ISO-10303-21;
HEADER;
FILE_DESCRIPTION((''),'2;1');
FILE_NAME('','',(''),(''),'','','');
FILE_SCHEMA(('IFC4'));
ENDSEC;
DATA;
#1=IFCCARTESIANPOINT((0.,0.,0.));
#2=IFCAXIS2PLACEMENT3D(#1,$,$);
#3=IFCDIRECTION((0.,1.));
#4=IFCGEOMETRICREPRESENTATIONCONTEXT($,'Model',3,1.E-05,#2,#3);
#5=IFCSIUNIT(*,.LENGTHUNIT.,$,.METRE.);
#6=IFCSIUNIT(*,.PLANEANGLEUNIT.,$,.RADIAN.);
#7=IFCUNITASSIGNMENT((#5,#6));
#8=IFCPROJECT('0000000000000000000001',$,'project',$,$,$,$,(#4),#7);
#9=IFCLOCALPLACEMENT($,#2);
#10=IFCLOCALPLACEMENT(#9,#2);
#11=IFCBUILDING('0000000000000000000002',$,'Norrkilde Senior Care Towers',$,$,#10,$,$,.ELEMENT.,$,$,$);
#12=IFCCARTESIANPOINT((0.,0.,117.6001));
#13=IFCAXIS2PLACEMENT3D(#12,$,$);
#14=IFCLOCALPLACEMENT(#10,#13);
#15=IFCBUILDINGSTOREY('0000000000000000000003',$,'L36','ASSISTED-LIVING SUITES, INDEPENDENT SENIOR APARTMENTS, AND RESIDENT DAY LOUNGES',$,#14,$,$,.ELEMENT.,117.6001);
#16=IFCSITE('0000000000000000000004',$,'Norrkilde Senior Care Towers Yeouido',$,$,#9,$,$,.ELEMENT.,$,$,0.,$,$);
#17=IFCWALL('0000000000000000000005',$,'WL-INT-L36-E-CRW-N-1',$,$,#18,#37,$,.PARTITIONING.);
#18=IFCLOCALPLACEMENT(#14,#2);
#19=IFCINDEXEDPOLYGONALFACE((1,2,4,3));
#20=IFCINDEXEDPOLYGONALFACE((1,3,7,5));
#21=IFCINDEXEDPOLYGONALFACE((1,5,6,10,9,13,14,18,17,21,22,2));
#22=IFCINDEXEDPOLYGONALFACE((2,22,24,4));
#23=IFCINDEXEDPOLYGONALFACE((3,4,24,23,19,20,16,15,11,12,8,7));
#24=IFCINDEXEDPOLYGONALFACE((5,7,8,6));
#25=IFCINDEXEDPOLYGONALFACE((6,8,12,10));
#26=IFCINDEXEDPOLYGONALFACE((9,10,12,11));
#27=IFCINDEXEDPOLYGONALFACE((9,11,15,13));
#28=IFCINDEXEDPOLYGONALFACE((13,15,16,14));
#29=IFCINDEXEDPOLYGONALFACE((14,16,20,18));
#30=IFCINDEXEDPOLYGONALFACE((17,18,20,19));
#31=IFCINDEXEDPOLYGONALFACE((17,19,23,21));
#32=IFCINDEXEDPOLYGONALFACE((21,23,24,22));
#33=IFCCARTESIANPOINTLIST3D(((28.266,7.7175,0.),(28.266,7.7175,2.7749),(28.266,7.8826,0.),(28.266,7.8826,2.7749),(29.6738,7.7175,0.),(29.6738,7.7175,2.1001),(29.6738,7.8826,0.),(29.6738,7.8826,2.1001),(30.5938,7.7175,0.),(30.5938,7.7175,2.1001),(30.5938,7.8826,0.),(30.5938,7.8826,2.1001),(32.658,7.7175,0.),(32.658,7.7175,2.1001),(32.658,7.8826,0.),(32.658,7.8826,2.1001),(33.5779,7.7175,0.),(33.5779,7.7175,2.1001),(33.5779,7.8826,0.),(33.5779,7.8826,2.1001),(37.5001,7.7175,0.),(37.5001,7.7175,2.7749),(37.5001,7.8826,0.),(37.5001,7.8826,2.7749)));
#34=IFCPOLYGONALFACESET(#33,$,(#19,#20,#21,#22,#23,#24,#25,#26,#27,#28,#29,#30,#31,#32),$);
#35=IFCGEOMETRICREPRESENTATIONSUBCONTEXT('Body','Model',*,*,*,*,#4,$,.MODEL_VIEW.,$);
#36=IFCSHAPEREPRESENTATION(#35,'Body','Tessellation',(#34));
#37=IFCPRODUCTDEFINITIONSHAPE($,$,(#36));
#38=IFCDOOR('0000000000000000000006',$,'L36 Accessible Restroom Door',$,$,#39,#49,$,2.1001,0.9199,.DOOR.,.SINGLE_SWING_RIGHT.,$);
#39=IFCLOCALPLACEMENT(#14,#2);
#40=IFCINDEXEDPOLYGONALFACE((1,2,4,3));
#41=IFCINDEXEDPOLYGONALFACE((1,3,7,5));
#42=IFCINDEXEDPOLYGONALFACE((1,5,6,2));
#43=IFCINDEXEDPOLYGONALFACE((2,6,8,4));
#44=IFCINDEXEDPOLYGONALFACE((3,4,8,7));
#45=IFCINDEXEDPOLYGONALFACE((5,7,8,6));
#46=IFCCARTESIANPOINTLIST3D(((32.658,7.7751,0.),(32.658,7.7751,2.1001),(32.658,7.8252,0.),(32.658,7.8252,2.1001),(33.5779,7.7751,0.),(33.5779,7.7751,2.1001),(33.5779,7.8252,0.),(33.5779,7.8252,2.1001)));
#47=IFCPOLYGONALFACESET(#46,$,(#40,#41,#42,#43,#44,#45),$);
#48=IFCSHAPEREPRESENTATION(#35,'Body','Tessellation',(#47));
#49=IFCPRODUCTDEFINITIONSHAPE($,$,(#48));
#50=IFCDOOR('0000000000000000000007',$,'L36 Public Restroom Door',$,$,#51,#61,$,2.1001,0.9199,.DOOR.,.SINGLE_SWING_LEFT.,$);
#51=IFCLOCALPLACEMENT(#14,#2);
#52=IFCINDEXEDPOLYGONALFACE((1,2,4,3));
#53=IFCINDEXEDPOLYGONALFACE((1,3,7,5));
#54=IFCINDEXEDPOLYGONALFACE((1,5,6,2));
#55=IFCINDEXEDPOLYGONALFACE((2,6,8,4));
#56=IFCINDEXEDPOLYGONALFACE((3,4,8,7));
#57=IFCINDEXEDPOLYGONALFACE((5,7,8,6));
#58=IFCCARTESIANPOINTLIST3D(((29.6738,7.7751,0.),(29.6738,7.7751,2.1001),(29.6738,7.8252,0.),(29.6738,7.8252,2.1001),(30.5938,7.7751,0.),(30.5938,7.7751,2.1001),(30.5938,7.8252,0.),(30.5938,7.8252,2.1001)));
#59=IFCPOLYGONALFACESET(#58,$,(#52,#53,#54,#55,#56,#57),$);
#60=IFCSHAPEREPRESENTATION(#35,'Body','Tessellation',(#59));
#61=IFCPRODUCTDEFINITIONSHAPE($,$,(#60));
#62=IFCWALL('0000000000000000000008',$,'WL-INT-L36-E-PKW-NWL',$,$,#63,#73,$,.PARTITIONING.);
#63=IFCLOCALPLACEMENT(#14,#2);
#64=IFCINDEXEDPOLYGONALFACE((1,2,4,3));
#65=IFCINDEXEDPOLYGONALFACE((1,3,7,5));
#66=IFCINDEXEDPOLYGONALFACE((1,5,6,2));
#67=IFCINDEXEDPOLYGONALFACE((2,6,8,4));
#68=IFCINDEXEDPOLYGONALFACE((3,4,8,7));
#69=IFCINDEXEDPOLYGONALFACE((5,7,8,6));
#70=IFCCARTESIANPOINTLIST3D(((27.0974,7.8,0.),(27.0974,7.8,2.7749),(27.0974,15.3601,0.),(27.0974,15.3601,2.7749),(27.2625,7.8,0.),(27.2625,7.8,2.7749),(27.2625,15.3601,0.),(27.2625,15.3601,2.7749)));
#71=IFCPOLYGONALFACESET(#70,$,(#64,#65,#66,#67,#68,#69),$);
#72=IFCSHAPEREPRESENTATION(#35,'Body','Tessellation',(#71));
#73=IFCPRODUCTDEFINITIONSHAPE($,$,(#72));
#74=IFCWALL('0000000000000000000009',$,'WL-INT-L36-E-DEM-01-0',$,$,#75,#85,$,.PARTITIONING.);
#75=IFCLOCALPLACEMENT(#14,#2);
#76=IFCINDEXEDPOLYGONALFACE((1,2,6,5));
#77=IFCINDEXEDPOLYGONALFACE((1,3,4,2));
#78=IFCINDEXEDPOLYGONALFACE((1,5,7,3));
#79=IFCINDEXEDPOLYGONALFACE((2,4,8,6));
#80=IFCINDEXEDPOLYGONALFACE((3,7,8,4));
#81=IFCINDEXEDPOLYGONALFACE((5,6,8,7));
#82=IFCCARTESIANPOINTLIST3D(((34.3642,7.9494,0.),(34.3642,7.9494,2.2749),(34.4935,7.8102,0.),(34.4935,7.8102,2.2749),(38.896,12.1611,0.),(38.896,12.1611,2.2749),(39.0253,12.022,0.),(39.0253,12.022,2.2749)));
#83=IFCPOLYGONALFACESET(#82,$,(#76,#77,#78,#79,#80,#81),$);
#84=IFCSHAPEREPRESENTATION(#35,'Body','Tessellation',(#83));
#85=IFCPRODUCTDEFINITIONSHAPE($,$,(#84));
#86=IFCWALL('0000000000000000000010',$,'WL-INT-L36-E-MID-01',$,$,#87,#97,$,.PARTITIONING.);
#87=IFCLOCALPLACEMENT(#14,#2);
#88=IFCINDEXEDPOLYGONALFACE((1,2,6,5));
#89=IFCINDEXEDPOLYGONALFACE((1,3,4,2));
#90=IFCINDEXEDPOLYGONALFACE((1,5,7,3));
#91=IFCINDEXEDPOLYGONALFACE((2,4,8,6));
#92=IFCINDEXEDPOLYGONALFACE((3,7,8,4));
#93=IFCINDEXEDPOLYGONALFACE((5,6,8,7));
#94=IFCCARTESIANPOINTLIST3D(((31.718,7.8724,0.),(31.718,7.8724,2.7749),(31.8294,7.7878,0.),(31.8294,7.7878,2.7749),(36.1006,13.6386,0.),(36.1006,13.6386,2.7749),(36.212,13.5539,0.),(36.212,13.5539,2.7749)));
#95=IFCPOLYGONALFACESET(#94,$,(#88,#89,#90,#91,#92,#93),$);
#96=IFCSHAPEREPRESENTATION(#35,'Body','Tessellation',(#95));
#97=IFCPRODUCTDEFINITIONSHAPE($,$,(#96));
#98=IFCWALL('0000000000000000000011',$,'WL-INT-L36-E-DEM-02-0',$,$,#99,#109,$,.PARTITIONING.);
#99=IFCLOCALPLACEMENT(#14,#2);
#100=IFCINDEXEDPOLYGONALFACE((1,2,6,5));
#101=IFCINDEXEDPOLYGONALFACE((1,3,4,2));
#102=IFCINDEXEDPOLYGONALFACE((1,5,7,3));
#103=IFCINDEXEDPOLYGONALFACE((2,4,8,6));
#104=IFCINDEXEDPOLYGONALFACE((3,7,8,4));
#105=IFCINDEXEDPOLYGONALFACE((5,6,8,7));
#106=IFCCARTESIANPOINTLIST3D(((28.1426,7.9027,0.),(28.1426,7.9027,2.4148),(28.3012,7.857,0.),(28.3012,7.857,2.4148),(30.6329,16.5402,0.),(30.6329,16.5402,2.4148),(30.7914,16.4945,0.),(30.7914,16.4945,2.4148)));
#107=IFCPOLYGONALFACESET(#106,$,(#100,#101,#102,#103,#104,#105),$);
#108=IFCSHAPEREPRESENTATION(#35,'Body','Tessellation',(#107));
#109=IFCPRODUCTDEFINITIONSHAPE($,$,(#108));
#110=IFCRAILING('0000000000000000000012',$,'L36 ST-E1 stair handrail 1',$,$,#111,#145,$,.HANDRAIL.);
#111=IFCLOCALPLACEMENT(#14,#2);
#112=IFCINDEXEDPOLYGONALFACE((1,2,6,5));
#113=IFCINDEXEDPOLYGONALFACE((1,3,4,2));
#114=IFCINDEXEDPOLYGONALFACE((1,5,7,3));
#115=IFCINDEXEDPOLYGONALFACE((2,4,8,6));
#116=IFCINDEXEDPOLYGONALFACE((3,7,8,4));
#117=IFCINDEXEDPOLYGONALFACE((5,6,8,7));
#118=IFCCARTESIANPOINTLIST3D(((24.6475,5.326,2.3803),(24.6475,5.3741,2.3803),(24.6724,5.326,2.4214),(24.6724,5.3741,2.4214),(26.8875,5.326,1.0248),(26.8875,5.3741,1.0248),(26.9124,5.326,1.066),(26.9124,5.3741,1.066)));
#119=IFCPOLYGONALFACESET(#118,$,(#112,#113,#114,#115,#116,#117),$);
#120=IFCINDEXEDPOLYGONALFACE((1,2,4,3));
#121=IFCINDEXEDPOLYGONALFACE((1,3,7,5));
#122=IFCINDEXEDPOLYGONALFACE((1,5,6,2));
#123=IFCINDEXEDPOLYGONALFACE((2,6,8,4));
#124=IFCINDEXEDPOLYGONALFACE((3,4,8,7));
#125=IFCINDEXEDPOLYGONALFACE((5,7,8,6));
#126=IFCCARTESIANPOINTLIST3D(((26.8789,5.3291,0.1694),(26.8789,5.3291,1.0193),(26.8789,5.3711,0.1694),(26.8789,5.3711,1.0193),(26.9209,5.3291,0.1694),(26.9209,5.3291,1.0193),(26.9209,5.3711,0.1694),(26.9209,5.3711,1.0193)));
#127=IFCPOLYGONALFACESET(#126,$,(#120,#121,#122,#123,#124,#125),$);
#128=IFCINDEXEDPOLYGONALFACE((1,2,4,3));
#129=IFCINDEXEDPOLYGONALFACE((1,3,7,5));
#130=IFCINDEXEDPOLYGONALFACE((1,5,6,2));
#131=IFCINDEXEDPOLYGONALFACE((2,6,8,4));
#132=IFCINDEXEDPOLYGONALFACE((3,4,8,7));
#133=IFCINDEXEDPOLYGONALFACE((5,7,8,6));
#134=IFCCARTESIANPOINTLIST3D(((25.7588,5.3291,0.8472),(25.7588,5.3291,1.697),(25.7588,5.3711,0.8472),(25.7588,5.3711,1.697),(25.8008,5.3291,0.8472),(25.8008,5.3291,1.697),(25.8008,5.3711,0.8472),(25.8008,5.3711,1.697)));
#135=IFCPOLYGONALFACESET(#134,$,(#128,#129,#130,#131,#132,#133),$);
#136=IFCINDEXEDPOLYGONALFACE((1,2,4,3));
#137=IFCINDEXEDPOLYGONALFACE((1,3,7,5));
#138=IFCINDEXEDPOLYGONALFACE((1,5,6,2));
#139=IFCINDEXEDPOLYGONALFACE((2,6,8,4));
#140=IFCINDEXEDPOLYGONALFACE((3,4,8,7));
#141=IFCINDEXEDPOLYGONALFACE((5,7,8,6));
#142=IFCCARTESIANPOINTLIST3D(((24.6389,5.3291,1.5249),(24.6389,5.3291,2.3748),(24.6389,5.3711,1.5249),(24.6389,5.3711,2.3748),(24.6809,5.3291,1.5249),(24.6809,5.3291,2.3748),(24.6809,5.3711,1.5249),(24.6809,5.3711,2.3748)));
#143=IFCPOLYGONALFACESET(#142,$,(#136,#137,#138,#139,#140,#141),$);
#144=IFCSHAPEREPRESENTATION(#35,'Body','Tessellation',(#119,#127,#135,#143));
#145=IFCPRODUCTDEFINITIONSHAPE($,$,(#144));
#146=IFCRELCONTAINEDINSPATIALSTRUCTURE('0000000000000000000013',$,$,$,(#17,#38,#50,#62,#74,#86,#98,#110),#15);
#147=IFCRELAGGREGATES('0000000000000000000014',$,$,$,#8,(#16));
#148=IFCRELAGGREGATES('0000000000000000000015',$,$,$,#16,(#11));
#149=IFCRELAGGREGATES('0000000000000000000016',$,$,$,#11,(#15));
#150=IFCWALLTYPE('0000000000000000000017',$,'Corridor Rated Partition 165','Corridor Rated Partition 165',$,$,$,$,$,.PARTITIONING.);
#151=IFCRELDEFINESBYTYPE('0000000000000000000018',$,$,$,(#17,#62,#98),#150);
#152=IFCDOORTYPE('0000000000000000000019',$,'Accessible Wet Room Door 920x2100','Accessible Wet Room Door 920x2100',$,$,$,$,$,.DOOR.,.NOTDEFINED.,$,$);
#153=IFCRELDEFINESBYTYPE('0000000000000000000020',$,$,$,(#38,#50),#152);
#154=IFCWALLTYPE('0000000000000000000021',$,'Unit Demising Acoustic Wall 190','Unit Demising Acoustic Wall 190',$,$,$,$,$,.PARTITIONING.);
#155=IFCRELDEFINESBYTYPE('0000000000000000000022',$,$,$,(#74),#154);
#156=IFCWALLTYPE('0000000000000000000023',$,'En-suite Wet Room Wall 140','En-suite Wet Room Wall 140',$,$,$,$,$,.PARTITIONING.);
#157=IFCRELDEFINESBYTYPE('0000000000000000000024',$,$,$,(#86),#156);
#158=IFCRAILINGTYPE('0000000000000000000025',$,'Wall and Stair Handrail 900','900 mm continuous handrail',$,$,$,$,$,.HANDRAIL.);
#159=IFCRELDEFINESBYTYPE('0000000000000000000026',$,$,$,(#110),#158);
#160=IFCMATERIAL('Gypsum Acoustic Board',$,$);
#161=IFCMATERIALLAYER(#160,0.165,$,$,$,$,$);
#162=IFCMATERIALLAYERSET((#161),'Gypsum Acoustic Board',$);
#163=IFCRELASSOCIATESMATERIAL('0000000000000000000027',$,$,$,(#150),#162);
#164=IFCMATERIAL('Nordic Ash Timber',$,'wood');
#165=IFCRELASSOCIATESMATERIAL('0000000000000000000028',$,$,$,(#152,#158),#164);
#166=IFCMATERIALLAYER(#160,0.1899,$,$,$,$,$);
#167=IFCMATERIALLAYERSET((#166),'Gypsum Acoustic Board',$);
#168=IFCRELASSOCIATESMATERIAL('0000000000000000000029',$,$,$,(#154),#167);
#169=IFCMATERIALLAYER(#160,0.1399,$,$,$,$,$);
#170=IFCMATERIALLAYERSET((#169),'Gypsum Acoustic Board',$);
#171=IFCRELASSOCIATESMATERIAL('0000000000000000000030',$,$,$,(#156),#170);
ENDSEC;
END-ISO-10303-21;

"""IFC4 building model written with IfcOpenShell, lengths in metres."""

from ifc_helpers import new_model, si_unit, direction, frame, frame_2d, origin, origin_2d, place, context, subcontext, project, spatial, rectangle, extrude, source, transform, mapped, material, layer, layer_set, type_object, type_shapes, element, fill, save


model = new_model("IFC4")

# Units and contexts
model_context = context("Model", 3, precision=1e-05, world=origin(), true_north=direction((0.0, 1.0)))
body_context = subcontext(model_context, "Body", "Model", "MODEL_VIEW")
ifc_project = project(units=[si_unit("LENGTHUNIT", "METRE"), si_unit("PLANEANGLEUNIT", "RADIAN")], contexts=[model_context])

# Site, building, storey
site_placement = place(None, origin())
site = spatial("IfcSite", under=ifc_project, at=site_placement, Name="Norrkilde Senior Care Towers Yeouido", CompositionType="ELEMENT", RefElevation=0.0)
building_placement = place(site_placement, origin())
building = spatial("IfcBuilding", under=site, at=building_placement, Name="Norrkilde Senior Care Towers", CompositionType="ELEMENT")
storey_placement = place(building_placement, frame((0.0, 0.0, 117.6001)))
storey = spatial("IfcBuildingStorey", under=building, at=storey_placement, Name="L36", Description="ASSISTED-LIVING SUITES, INDEPENDENT SENIOR APARTMENTS, AND RESIDENT DAY LOUNGES", CompositionType="ELEMENT", Elevation=117.6001)

# Shared definitions
ifc_material_1 = material(Name="Gypsum Acoustic Board")
ifc_layer_1 = layer(ifc_material_1, 0.165)
ifc_layer_set_1 = layer_set([ifc_layer_1], Name="Gypsum Acoustic Board")
wall_type_1 = type_object("IfcWallType", Name="Corridor Rated Partition 165", Description="Corridor Rated Partition 165", PredefinedType="PARTITIONING", material=ifc_layer_set_1)
ifc_material_2 = material(Name="Nordic Ash Timber", Category="wood")

# Wall, openings, doors
shared_shape_1 = source(origin(), body_context, "Body", "SweptSolid", [
    extrude(rectangle(XDim=9.2341, YDim=0.165, at=frame_2d((4.6172, 0.0))), origin(), (0.0, 0.0, 1.0), 2.7749),
])
wall_1_placement = place(storey_placement, frame((28.2659, 7.8, 0.0), z_axis=(0.0, 0.0, 1.0), x_axis=(1.0, 0.0, 0.0)))
wall_1 = element("IfcWall", 1, at=wall_1_placement, inside=storey, type_object=wall_type_1, Name="WL-INT-L36-E-CRW-N-1", PredefinedType="PARTITIONING", context=body_context, shape_type="MappedRepresentation", body=[
    mapped(shared_shape_1, transform((0.0, 0.0, 0.0), x_axis=(1.0, 0.0, 0.0), y_axis=(0.0, 1.0, 0.0), z_axis=(0.0, 0.0, 1.0), scale=1.0)),
])
opening_1_placement = place(wall_1_placement, frame((4.3921, 0.0, 0.0)))
opening_1 = element("IfcOpeningElement", 2, at=opening_1_placement, cuts=wall_1, PredefinedType="OPENING", context=body_context, shape_type="SweptSolid", body=[
    extrude(rectangle(XDim=0.9199, YDim=2.1001, at=frame_2d((0.46, 1.05))), frame((0.0, 0.0925, 0.0), z_axis=(0.0, -1.0, 0.0), x_axis=(1.0, 0.0, 0.0)), (0.0, 0.0, 1.0), 0.1851),
])
opening_2_placement = place(wall_1_placement, frame((1.408, 0.0, 0.0)))
opening_2 = element("IfcOpeningElement", 3, at=opening_2_placement, cuts=wall_1, PredefinedType="OPENING", context=body_context, shape_type="SweptSolid", body=[
    extrude(rectangle(XDim=0.9199, YDim=2.1001, at=frame_2d((0.46, 1.05))), frame((0.0, 0.0925, 0.0), z_axis=(0.0, -1.0, 0.0), x_axis=(1.0, 0.0, 0.0)), (0.0, 0.0, 1.0), 0.1851),
])
door_type_1 = type_object("IfcDoorType", Name="Accessible Wet Room Door 920x2100", Description="Accessible Wet Room Door 920x2100", OperationType="NOTDEFINED", PredefinedType="DOOR", material=ifc_material_2)
shared_shape_2 = source(origin(), body_context, "Body", "SweptSolid", [
    extrude(rectangle(XDim=0.9199, YDim=2.1001, at=frame_2d((0.46, 1.05))), frame((0.0, 0.0249, 0.0), z_axis=(0.0, -1.0, 0.0), x_axis=(1.0, 0.0, 0.0)), (0.0, 0.0, 1.0), 0.05),
])
type_shapes(door_type_1, [shared_shape_2])
door_1_placement = place(opening_1_placement, frame((0.9199, 0.0, 0.0), z_axis=(0.0, 0.0, 1.0), x_axis=(-1.0, 0.0, 0.0)))
door_1 = element("IfcDoor", 4, at=door_1_placement, inside=storey, type_object=door_type_1, Name="L36 Accessible Restroom Door", OperationType="SINGLE_SWING_RIGHT", OverallHeight=2.1001, OverallWidth=0.9199, PredefinedType="DOOR", context=body_context, shape_type="MappedRepresentation", body=[
    mapped(shared_shape_2, transform((0.0, 0.0, 0.0), x_axis=(1.0, 0.0, 0.0), y_axis=(0.0, 1.0, 0.0), z_axis=(0.0, 0.0, 1.0), scale=1.0)),
])
fill(opening_1, door_1)
door_2_placement = place(opening_2_placement, frame((0.9199, 0.0, 0.0), z_axis=(0.0, 0.0, 1.0), x_axis=(-1.0, 0.0, 0.0)))
door_2 = element("IfcDoor", 5, at=door_2_placement, inside=storey, type_object=door_type_1, Name="L36 Public Restroom Door", OperationType="SINGLE_SWING_LEFT", OverallHeight=2.1001, OverallWidth=0.9199, PredefinedType="DOOR", context=body_context, shape_type="MappedRepresentation", body=[
    mapped(shared_shape_2, transform((0.0, 0.0, 0.0), x_axis=(1.0, 0.0, 0.0), y_axis=(0.0, 1.0, 0.0), z_axis=(0.0, 0.0, 1.0), scale=1.0)),
])
fill(opening_2, door_2)

# Walls
shared_shape_3 = source(origin(), body_context, "Body", "SweptSolid", [
    extrude(rectangle(XDim=7.5601, YDim=0.165, at=frame_2d((3.78, 0.0))), origin(), (0.0, 0.0, 1.0), 2.7749),
])
wall_2_placement = place(storey_placement, frame((27.1799, 7.8, 0.0), z_axis=(0.0, 0.0, 1.0), x_axis=(0.0, 1.0, 0.0)))
element("IfcWall", 6, at=wall_2_placement, inside=storey, type_object=wall_type_1, Name="WL-INT-L36-E-PKW-NWL", PredefinedType="PARTITIONING", context=body_context, shape_type="MappedRepresentation", body=[
    mapped(shared_shape_3, transform((0.0, 0.0, 0.0), x_axis=(1.0, 0.0, 0.0), y_axis=(0.0, 1.0, 0.0), z_axis=(0.0, 0.0, 1.0), scale=1.0)),
])
ifc_layer_2 = layer(ifc_material_1, 0.1899)
ifc_layer_set_2 = layer_set([ifc_layer_2], Name="Gypsum Acoustic Board")
wall_type_2 = type_object("IfcWallType", Name="Unit Demising Acoustic Wall 190", Description="Unit Demising Acoustic Wall 190", PredefinedType="PARTITIONING", material=ifc_layer_set_2)
shared_shape_4 = source(origin(), body_context, "Body", "SweptSolid", [
    extrude(rectangle(XDim=6.1868, YDim=0.1899, at=frame_2d((3.0933, 0.0))), origin(), (0.0, 0.0, 1.0), 2.2749),
])
type_shapes(wall_type_2, [shared_shape_4])
wall_3_placement = place(storey_placement, frame((34.429, 7.8799, 0.0), z_axis=(0.0, 0.0, 1.0), x_axis=(0.732501, 0.680766, 0.0)))
element("IfcWall", 7, at=wall_3_placement, inside=storey, type_object=wall_type_2, Name="WL-INT-L36-E-DEM-01-0", PredefinedType="PARTITIONING", context=body_context, shape_type="MappedRepresentation", body=[
    mapped(shared_shape_4, transform((0.0, 0.0, 0.0), x_axis=(1.0, 0.0, 0.0), y_axis=(0.0, 1.0, 0.0), z_axis=(0.0, 0.0, 1.0), scale=1.0)),
])
ifc_layer_3 = layer(ifc_material_1, 0.1399)
ifc_layer_set_3 = layer_set([ifc_layer_3], Name="Gypsum Acoustic Board")
wall_type_3 = type_object("IfcWallType", Name="En-suite Wet Room Wall 140", Description="En-suite Wet Room Wall 140", PredefinedType="PARTITIONING", material=ifc_layer_set_3)
shared_shape_5 = source(origin(), body_context, "Body", "SweptSolid", [
    extrude(rectangle(XDim=7.2427, YDim=0.1399, at=frame_2d((3.6213, 0.0))), origin(), (0.0, 0.0, 1.0), 2.7749),
])
type_shapes(wall_type_3, [shared_shape_5])
wall_4_placement = place(storey_placement, frame((31.7737, 7.8301, 0.0), z_axis=(0.0, 0.0, 1.0), x_axis=(0.605111, 0.796141, 0.0)))
element("IfcWall", 8, at=wall_4_placement, inside=storey, type_object=wall_type_3, Name="WL-INT-L36-E-MID-01", PredefinedType="PARTITIONING", context=body_context, shape_type="MappedRepresentation", body=[
    mapped(shared_shape_5, transform((0.0, 0.0, 0.0), x_axis=(1.0, 0.0, 0.0), y_axis=(0.0, 1.0, 0.0), z_axis=(0.0, 0.0, 1.0), scale=1.0)),
])
shared_shape_6 = source(origin(), body_context, "Body", "SweptSolid", [
    extrude(rectangle(XDim=8.9893, YDim=0.165, at=frame_2d((4.4946, 0.0))), origin(), (0.0, 0.0, 1.0), 2.4148),
])
wall_5_placement = place(storey_placement, frame((28.2219, 7.8799, 0.0), z_axis=(0.0, 0.0, 1.0), x_axis=(0.277023, 0.960863, 0.0)))
element("IfcWall", 9, at=wall_5_placement, inside=storey, type_object=wall_type_1, Name="WL-INT-L36-E-DEM-02-0", PredefinedType="PARTITIONING", context=body_context, shape_type="MappedRepresentation", body=[
    mapped(shared_shape_6, transform((0.0, 0.0, 0.0), x_axis=(1.0, 0.0, 0.0), y_axis=(0.0, 1.0, 0.0), z_axis=(0.0, 0.0, 1.0), scale=1.0)),
])

# Railing
railing_type = type_object("IfcRailingType", Name="Wall and Stair Handrail 900", Description="900 mm continuous handrail", PredefinedType="HANDRAIL", material=ifc_material_2)
railing_placement = place(storey_placement, frame((26.8999, 5.3501, 0.1694)))
element("IfcRailing", 10, at=railing_placement, inside=storey, type_object=railing_type, Name="L36 ST-E1 stair handrail 1", PredefinedType="HANDRAIL", context=body_context, shape_type="SweptSolid", body=[
    extrude(rectangle(XDim=0.0481, YDim=0.0481, at=origin_2d()), frame((0.0, 0.0, 0.876), z_axis=(-0.855553, 0.0, 0.517715), x_axis=(0.0, -1.0, 0.0)), (0.0, 0.0, 1.0), 2.6182),
    extrude(rectangle(XDim=0.042, YDim=0.042, at=origin_2d()), origin(), (0.0, 0.0, 1.0), 0.8499),
    extrude(rectangle(XDim=0.042, YDim=0.042, at=origin_2d()), frame((-1.1201, 0.0, 0.6777)), (0.0, 0.0, 1.0), 0.8499),
    extrude(rectangle(XDim=0.042, YDim=0.042, at=origin_2d()), frame((-2.24, 0.0, 1.3555)), (0.0, 0.0, 1.0), 0.8499),
])

save(model, "model.ifc")
